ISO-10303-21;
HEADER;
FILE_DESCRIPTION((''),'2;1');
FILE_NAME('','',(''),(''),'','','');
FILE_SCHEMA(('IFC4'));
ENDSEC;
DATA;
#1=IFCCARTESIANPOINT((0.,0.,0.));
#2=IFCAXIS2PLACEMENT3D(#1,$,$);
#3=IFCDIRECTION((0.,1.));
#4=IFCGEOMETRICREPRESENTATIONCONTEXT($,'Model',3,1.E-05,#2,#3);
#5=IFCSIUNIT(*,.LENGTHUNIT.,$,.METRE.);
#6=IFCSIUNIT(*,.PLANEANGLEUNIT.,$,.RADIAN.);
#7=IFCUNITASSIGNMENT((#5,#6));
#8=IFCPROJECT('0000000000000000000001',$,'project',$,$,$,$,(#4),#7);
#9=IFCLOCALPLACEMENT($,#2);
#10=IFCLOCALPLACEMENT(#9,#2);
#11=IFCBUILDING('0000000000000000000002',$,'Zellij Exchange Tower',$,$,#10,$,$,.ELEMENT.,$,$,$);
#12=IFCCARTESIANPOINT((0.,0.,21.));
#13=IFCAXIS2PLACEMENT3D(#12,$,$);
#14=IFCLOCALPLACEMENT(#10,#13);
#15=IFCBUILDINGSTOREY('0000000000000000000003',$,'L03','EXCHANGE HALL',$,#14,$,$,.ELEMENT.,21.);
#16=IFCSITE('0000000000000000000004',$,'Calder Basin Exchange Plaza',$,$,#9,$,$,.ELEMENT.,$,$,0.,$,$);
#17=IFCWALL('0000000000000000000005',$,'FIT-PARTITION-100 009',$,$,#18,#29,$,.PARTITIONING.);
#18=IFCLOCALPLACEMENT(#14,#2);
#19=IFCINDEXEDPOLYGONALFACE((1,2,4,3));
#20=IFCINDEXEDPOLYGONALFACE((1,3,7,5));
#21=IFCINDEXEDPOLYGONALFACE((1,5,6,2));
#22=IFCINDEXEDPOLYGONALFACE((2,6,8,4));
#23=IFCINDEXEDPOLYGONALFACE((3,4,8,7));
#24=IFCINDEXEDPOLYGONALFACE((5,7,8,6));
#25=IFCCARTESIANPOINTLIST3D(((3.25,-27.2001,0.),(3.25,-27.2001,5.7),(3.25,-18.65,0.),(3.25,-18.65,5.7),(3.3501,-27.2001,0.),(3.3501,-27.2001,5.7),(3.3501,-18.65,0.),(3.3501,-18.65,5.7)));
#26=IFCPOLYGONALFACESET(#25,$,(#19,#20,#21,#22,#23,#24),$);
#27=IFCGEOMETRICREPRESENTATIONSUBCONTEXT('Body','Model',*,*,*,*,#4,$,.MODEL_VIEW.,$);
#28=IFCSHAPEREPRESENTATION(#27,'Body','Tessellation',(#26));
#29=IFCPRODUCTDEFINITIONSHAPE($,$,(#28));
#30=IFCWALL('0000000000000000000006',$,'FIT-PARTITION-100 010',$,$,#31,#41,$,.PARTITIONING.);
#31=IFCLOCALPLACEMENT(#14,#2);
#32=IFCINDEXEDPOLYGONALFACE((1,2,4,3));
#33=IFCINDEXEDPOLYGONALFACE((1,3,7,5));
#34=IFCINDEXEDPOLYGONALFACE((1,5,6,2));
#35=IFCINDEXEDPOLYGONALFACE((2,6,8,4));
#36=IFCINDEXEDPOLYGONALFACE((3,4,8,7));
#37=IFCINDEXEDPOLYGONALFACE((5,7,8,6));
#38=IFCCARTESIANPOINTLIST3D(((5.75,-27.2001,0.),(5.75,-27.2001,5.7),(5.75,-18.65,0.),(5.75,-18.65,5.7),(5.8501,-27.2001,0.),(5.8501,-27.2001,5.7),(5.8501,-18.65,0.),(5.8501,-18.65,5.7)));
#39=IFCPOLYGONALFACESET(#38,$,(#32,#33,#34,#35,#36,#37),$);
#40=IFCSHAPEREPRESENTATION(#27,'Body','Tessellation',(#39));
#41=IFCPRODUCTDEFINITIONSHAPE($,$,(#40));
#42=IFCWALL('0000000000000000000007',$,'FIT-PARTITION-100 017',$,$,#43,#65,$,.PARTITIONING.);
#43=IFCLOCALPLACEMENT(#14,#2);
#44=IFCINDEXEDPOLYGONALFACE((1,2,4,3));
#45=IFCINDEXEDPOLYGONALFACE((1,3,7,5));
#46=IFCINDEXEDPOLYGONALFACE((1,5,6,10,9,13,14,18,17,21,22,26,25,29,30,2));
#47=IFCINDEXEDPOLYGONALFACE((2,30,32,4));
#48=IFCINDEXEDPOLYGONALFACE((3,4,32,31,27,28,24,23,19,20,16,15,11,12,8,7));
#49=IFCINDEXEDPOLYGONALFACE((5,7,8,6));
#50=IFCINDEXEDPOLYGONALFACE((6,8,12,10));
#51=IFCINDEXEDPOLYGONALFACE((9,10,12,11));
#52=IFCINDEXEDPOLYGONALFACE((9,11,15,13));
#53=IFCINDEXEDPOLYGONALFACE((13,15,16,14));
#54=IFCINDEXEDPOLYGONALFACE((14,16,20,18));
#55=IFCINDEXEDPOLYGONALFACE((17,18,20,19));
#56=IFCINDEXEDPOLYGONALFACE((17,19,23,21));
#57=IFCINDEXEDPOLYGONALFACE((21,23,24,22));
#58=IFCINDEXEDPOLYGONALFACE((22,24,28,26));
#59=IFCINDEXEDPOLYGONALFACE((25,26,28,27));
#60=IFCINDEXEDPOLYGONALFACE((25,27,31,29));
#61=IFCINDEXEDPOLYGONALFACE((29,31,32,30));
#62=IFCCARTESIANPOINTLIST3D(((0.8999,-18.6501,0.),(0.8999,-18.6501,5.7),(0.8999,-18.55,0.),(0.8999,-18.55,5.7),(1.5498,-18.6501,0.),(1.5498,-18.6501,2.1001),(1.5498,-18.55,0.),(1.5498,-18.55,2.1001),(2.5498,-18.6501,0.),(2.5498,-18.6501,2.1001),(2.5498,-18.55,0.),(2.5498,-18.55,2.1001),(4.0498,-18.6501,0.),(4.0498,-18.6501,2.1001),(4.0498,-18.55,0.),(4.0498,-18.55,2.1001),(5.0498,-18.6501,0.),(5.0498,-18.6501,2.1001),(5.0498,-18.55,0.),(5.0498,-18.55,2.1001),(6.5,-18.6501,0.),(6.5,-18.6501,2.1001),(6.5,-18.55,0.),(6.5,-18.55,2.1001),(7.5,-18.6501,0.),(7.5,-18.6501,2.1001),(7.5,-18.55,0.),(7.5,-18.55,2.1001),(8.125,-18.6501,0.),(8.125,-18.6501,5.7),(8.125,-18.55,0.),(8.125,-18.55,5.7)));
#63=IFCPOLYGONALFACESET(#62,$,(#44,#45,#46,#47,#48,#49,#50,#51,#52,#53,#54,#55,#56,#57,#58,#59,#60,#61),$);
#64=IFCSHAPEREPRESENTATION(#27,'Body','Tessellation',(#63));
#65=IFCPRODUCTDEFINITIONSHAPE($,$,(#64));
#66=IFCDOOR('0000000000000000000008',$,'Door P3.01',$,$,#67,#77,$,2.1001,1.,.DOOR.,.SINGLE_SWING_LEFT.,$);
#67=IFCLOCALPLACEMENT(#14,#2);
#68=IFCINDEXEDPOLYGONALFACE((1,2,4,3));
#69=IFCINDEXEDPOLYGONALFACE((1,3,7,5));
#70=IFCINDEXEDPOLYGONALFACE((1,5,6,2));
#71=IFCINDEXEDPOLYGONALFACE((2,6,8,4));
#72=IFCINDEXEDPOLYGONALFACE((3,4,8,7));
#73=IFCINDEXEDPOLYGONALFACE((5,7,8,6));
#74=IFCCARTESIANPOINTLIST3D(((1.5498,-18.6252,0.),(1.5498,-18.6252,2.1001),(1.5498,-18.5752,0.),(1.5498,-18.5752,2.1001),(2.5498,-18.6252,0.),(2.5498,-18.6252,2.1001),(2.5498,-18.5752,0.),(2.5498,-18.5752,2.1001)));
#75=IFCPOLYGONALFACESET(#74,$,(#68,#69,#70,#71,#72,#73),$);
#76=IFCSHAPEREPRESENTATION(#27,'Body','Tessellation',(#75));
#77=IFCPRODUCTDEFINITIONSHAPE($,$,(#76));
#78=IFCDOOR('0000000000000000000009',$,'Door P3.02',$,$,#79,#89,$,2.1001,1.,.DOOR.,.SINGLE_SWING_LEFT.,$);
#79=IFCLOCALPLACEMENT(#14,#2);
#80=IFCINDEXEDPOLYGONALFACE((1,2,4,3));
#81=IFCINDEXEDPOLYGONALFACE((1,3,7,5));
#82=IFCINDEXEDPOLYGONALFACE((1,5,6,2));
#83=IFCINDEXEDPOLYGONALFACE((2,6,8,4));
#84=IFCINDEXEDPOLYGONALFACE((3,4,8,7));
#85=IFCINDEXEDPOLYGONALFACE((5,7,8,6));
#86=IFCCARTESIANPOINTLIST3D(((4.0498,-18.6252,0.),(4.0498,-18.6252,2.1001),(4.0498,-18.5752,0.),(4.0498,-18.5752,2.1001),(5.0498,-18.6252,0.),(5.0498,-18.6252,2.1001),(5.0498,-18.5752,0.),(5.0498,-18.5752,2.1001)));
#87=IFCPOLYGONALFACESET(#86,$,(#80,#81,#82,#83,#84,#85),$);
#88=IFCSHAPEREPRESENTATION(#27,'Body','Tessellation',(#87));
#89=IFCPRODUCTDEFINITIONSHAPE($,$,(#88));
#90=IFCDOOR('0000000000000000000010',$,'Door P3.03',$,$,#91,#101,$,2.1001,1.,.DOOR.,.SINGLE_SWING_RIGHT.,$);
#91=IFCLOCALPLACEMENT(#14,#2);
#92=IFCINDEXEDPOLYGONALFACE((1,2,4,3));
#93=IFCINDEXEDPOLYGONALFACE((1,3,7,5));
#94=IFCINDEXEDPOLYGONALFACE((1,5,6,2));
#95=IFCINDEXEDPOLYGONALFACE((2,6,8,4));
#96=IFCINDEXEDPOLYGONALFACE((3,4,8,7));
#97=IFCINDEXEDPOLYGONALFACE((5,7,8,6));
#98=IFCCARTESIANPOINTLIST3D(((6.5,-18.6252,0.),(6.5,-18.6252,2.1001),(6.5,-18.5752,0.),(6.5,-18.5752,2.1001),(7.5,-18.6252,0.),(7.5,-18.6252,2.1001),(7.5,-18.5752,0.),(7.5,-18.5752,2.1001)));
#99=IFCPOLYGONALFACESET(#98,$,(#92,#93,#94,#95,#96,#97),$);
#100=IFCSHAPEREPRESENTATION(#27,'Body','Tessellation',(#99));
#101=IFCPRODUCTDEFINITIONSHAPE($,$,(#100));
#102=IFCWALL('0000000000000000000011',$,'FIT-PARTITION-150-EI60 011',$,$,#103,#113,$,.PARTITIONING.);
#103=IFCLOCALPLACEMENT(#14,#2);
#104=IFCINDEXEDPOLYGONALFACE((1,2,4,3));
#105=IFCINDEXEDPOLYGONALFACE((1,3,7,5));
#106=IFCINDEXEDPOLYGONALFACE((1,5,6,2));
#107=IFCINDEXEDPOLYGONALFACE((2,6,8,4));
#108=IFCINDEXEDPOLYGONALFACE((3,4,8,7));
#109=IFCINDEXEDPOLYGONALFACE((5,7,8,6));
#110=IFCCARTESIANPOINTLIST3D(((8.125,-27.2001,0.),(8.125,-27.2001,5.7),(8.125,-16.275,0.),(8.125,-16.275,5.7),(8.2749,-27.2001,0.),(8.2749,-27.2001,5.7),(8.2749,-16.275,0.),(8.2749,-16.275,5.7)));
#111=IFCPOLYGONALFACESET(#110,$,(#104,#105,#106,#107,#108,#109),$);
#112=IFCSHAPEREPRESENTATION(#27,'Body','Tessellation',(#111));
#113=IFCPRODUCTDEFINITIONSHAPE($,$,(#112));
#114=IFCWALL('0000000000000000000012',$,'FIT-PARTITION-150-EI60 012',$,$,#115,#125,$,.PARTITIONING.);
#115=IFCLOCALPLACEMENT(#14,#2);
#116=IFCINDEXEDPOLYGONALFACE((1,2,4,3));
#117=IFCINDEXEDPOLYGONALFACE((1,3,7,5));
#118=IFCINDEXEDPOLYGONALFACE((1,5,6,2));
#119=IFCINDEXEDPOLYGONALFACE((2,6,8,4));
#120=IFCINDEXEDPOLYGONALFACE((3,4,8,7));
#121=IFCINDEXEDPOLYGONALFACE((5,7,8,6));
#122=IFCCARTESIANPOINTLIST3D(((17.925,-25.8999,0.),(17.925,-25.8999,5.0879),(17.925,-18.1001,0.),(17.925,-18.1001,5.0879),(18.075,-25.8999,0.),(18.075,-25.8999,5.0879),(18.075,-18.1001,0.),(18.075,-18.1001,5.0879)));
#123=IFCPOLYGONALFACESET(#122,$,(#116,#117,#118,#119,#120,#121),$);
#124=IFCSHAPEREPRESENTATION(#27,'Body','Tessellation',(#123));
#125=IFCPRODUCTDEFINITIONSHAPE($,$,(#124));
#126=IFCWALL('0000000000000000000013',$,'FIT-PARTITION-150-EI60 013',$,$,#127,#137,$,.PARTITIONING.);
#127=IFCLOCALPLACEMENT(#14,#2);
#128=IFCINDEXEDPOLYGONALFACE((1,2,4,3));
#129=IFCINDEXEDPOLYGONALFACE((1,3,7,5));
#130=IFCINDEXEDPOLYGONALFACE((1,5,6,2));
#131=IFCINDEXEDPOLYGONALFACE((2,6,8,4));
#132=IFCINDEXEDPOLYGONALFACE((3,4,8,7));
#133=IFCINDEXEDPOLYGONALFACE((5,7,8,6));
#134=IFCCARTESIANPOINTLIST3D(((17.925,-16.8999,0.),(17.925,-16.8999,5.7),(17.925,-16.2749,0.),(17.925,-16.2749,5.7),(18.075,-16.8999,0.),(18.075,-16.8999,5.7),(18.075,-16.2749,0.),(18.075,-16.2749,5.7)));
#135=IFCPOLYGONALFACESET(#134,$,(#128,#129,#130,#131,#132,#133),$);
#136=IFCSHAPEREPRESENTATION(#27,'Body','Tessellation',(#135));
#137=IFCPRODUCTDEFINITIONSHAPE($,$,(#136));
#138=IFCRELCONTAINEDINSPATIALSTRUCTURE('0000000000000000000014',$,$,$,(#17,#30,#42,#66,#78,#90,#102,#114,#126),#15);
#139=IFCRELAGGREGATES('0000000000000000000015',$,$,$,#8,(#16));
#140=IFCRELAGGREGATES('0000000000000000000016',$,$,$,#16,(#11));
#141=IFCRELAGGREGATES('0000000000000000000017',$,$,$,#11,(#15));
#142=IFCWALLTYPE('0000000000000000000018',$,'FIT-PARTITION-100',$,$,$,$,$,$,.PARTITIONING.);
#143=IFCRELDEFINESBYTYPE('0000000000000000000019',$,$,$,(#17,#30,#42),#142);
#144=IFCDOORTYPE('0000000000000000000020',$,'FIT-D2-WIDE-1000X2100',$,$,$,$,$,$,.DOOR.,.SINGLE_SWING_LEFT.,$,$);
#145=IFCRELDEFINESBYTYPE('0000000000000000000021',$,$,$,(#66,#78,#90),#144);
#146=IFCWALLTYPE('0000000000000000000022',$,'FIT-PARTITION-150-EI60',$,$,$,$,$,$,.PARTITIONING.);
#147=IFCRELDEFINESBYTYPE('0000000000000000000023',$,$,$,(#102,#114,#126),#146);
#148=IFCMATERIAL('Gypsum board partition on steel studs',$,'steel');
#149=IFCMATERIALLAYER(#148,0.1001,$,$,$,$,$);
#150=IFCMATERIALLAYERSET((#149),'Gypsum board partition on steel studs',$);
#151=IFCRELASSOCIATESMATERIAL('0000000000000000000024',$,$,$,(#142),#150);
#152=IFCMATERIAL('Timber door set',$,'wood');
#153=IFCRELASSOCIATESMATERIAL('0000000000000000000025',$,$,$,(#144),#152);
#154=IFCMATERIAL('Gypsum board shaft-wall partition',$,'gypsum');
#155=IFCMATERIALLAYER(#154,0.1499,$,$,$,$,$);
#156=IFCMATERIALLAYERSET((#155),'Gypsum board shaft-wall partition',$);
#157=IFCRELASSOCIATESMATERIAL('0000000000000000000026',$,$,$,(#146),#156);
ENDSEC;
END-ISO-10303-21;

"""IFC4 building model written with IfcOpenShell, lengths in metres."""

from ifc_helpers import new_model, si_unit, direction, frame, frame_2d, origin, place, context, subcontext, project, spatial, rectangle, extrude, material, layer, layer_set, type_object, element, fill, save


model = new_model("IFC4")

# Units and contexts
model_context = context("Model", 3, precision=1e-05, world=origin(), true_north=direction((0.0, 1.0)))
body_context = subcontext(model_context, "Body", "Model", "MODEL_VIEW")
ifc_project = project(units=[si_unit("LENGTHUNIT", "METRE"), si_unit("PLANEANGLEUNIT", "RADIAN")], contexts=[model_context])

# Site, building, storey
site_placement = place(None, origin())
site = spatial("IfcSite", under=ifc_project, at=site_placement, Name="Calder Basin Exchange Plaza", CompositionType="ELEMENT", RefElevation=0.0)
building_placement = place(site_placement, origin())
building = spatial("IfcBuilding", under=site, at=building_placement, Name="Zellij Exchange Tower", CompositionType="ELEMENT")
storey_placement = place(building_placement, frame((0.0, 0.0, 21.0)))
storey = spatial("IfcBuildingStorey", under=building, at=storey_placement, Name="L03", Description="EXCHANGE HALL", CompositionType="ELEMENT", Elevation=21.0)

# Walls
ifc_material_1 = material(Name="Gypsum board partition on steel studs", Category="steel")
ifc_layer_1 = layer(ifc_material_1, 0.1001)
ifc_layer_set_1 = layer_set([ifc_layer_1], Name="Gypsum board partition on steel studs")
wall_type_1 = type_object("IfcWallType", Name="FIT-PARTITION-100", PredefinedType="PARTITIONING", material=ifc_layer_set_1)
for number, where, z_axis, x_axis, name in (
    (1, (3.3, -27.2, 0.0), (0.0, 0.0, 1.0), (0.0, 1.0, 0.0), "FIT-PARTITION-100 009"),
    (2, (5.8, -27.2, 0.0), (0.0, 0.0, 1.0), (0.0, 1.0, 0.0), "FIT-PARTITION-100 010"),
):
    element("IfcWall", number, at=place(storey_placement, frame(where, z_axis=z_axis, x_axis=x_axis)), inside=storey, type_object=wall_type_1, Name=name, PredefinedType="PARTITIONING", context=body_context, shape_type="SweptSolid", body=[
        extrude(rectangle(XDim=8.55, YDim=0.1001, at=frame_2d((4.2749, 0.0))), origin(), (0.0, 0.0, 1.0), 5.7),
    ])

# Wall, openings, doors
wall_1_placement = place(storey_placement, frame((0.8999, -18.6001, 0.0), z_axis=(0.0, 0.0, 1.0), x_axis=(1.0, 0.0, 0.0)))
wall_1 = element("IfcWall", 3, at=wall_1_placement, inside=storey, type_object=wall_type_1, Name="FIT-PARTITION-100 017", PredefinedType="PARTITIONING", context=body_context, shape_type="SweptSolid", body=[
    extrude(rectangle(XDim=7.2251, YDim=0.1001, at=frame_2d((3.6125, 0.0))), origin(), (0.0, 0.0, 1.0), 5.7),
])
opening_1_placement = place(wall_1_placement, frame((0.6499, 0.0, 0.0)))
opening_1 = element("IfcOpeningElement", 4, at=opening_1_placement, cuts=wall_1, PredefinedType="OPENING", context=body_context, shape_type="SweptSolid", body=[
    extrude(rectangle(XDim=1.0, YDim=2.1001, at=frame_2d((0.5, 1.05))), frame((0.0, 0.062, 0.0), z_axis=(0.0, -1.0, 0.0), x_axis=(1.0, 0.0, 0.0)), (0.0, 0.0, 1.0), 0.124),
])
opening_2_placement = place(wall_1_placement, frame((3.1499, 0.0, 0.0)))
opening_2 = element("IfcOpeningElement", 5, at=opening_2_placement, cuts=wall_1, PredefinedType="OPENING", context=body_context, shape_type="SweptSolid", body=[
    extrude(rectangle(XDim=1.0, YDim=2.1001, at=frame_2d((0.5, 1.05))), frame((0.0, 0.062, 0.0), z_axis=(0.0, -1.0, 0.0), x_axis=(1.0, 0.0, 0.0)), (0.0, 0.0, 1.0), 0.124),
])
opening_3_placement = place(wall_1_placement, frame((5.6001, 0.0, 0.0)))
opening_3 = element("IfcOpeningElement", 6, at=opening_3_placement, cuts=wall_1, PredefinedType="OPENING", context=body_context, shape_type="SweptSolid", body=[
    extrude(rectangle(XDim=1.0, YDim=2.1001, at=frame_2d((0.5, 1.05))), frame((0.0, 0.062, 0.0), z_axis=(0.0, -1.0, 0.0), x_axis=(1.0, 0.0, 0.0)), (0.0, 0.0, 1.0), 0.124),
])
ifc_material_2 = material(Name="Timber door set", Category="wood")
door_type = type_object("IfcDoorType", Name="FIT-D2-WIDE-1000X2100", OperationType="SINGLE_SWING_LEFT", PredefinedType="DOOR", material=ifc_material_2)
door_1_placement = place(opening_1_placement, origin())
door_1 = element("IfcDoor", 7, at=door_1_placement, inside=storey, type_object=door_type, Name="Door P3.01", OperationType="SINGLE_SWING_LEFT", OverallHeight=2.1001, OverallWidth=1.0, PredefinedType="DOOR", context=body_context, shape_type="SweptSolid", body=[
    extrude(rectangle(XDim=1.0, YDim=2.1001, at=frame_2d((0.5, 1.05))), frame((0.0, 0.0249, 0.0), z_axis=(0.0, -1.0, 0.0), x_axis=(1.0, 0.0, 0.0)), (0.0, 0.0, 1.0), 0.05),
])
fill(opening_1, door_1)
door_2_placement = place(opening_2_placement, origin())
door_2 = element("IfcDoor", 8, at=door_2_placement, inside=storey, type_object=door_type, Name="Door P3.02", OperationType="SINGLE_SWING_LEFT", OverallHeight=2.1001, OverallWidth=1.0, PredefinedType="DOOR", context=body_context, shape_type="SweptSolid", body=[
    extrude(rectangle(XDim=1.0, YDim=2.1001, at=frame_2d((0.5, 1.05))), frame((0.0, 0.0249, 0.0), z_axis=(0.0, -1.0, 0.0), x_axis=(1.0, 0.0, 0.0)), (0.0, 0.0, 1.0), 0.05),
])
fill(opening_2, door_2)
door_3_placement = place(opening_3_placement, origin())
door_3 = element("IfcDoor", 9, at=door_3_placement, inside=storey, type_object=door_type, Name="Door P3.03", OperationType="SINGLE_SWING_RIGHT", OverallHeight=2.1001, OverallWidth=1.0, PredefinedType="DOOR", context=body_context, shape_type="SweptSolid", body=[
    extrude(rectangle(XDim=1.0, YDim=2.1001, at=frame_2d((0.5, 1.05))), frame((0.0, 0.0249, 0.0), z_axis=(0.0, -1.0, 0.0), x_axis=(1.0, 0.0, 0.0)), (0.0, 0.0, 1.0), 0.05),
])
fill(opening_3, door_3)

# Walls
ifc_material_3 = material(Name="Gypsum board shaft-wall partition", Category="gypsum")
ifc_layer_2 = layer(ifc_material_3, 0.1499)
ifc_layer_set_2 = layer_set([ifc_layer_2], Name="Gypsum board shaft-wall partition")
wall_type_2 = type_object("IfcWallType", Name="FIT-PARTITION-150-EI60", PredefinedType="PARTITIONING", material=ifc_layer_set_2)
wall_2_placement = place(storey_placement, frame((8.2, -27.2, 0.0), z_axis=(0.0, 0.0, 1.0), x_axis=(0.0, 1.0, 0.0)))
element("IfcWall", 10, at=wall_2_placement, inside=storey, type_object=wall_type_2, Name="FIT-PARTITION-150-EI60 011", PredefinedType="PARTITIONING", context=body_context, shape_type="SweptSolid", body=[
    extrude(rectangle(XDim=10.925, YDim=0.1499, at=frame_2d((5.4624, 0.0))), origin(), (0.0, 0.0, 1.0), 5.7),
])
wall_3_placement = place(storey_placement, frame((18.0, -25.8999, 0.0), z_axis=(0.0, 0.0, 1.0), x_axis=(0.0, 1.0, 0.0)))
element("IfcWall", 11, at=wall_3_placement, inside=storey, type_object=wall_type_2, Name="FIT-PARTITION-150-EI60 012", PredefinedType="PARTITIONING", context=body_context, shape_type="SweptSolid", body=[
    extrude(rectangle(XDim=7.7998, YDim=0.1499, at=frame_2d((3.8999, 0.0))), origin(), (0.0, 0.0, 1.0), 5.0879),
])
wall_4_placement = place(storey_placement, frame((18.0, -16.8999, 0.0), z_axis=(0.0, 0.0, 1.0), x_axis=(0.0, 1.0, 0.0)))
element("IfcWall", 12, at=wall_4_placement, inside=storey, type_object=wall_type_2, Name="FIT-PARTITION-150-EI60 013", PredefinedType="PARTITIONING", context=body_context, shape_type="SweptSolid", body=[
    extrude(rectangle(XDim=0.625, YDim=0.1499, at=frame_2d((0.3125, 0.0))), origin(), (0.0, 0.0, 1.0), 5.7),
])

save(model, "model.ifc")
